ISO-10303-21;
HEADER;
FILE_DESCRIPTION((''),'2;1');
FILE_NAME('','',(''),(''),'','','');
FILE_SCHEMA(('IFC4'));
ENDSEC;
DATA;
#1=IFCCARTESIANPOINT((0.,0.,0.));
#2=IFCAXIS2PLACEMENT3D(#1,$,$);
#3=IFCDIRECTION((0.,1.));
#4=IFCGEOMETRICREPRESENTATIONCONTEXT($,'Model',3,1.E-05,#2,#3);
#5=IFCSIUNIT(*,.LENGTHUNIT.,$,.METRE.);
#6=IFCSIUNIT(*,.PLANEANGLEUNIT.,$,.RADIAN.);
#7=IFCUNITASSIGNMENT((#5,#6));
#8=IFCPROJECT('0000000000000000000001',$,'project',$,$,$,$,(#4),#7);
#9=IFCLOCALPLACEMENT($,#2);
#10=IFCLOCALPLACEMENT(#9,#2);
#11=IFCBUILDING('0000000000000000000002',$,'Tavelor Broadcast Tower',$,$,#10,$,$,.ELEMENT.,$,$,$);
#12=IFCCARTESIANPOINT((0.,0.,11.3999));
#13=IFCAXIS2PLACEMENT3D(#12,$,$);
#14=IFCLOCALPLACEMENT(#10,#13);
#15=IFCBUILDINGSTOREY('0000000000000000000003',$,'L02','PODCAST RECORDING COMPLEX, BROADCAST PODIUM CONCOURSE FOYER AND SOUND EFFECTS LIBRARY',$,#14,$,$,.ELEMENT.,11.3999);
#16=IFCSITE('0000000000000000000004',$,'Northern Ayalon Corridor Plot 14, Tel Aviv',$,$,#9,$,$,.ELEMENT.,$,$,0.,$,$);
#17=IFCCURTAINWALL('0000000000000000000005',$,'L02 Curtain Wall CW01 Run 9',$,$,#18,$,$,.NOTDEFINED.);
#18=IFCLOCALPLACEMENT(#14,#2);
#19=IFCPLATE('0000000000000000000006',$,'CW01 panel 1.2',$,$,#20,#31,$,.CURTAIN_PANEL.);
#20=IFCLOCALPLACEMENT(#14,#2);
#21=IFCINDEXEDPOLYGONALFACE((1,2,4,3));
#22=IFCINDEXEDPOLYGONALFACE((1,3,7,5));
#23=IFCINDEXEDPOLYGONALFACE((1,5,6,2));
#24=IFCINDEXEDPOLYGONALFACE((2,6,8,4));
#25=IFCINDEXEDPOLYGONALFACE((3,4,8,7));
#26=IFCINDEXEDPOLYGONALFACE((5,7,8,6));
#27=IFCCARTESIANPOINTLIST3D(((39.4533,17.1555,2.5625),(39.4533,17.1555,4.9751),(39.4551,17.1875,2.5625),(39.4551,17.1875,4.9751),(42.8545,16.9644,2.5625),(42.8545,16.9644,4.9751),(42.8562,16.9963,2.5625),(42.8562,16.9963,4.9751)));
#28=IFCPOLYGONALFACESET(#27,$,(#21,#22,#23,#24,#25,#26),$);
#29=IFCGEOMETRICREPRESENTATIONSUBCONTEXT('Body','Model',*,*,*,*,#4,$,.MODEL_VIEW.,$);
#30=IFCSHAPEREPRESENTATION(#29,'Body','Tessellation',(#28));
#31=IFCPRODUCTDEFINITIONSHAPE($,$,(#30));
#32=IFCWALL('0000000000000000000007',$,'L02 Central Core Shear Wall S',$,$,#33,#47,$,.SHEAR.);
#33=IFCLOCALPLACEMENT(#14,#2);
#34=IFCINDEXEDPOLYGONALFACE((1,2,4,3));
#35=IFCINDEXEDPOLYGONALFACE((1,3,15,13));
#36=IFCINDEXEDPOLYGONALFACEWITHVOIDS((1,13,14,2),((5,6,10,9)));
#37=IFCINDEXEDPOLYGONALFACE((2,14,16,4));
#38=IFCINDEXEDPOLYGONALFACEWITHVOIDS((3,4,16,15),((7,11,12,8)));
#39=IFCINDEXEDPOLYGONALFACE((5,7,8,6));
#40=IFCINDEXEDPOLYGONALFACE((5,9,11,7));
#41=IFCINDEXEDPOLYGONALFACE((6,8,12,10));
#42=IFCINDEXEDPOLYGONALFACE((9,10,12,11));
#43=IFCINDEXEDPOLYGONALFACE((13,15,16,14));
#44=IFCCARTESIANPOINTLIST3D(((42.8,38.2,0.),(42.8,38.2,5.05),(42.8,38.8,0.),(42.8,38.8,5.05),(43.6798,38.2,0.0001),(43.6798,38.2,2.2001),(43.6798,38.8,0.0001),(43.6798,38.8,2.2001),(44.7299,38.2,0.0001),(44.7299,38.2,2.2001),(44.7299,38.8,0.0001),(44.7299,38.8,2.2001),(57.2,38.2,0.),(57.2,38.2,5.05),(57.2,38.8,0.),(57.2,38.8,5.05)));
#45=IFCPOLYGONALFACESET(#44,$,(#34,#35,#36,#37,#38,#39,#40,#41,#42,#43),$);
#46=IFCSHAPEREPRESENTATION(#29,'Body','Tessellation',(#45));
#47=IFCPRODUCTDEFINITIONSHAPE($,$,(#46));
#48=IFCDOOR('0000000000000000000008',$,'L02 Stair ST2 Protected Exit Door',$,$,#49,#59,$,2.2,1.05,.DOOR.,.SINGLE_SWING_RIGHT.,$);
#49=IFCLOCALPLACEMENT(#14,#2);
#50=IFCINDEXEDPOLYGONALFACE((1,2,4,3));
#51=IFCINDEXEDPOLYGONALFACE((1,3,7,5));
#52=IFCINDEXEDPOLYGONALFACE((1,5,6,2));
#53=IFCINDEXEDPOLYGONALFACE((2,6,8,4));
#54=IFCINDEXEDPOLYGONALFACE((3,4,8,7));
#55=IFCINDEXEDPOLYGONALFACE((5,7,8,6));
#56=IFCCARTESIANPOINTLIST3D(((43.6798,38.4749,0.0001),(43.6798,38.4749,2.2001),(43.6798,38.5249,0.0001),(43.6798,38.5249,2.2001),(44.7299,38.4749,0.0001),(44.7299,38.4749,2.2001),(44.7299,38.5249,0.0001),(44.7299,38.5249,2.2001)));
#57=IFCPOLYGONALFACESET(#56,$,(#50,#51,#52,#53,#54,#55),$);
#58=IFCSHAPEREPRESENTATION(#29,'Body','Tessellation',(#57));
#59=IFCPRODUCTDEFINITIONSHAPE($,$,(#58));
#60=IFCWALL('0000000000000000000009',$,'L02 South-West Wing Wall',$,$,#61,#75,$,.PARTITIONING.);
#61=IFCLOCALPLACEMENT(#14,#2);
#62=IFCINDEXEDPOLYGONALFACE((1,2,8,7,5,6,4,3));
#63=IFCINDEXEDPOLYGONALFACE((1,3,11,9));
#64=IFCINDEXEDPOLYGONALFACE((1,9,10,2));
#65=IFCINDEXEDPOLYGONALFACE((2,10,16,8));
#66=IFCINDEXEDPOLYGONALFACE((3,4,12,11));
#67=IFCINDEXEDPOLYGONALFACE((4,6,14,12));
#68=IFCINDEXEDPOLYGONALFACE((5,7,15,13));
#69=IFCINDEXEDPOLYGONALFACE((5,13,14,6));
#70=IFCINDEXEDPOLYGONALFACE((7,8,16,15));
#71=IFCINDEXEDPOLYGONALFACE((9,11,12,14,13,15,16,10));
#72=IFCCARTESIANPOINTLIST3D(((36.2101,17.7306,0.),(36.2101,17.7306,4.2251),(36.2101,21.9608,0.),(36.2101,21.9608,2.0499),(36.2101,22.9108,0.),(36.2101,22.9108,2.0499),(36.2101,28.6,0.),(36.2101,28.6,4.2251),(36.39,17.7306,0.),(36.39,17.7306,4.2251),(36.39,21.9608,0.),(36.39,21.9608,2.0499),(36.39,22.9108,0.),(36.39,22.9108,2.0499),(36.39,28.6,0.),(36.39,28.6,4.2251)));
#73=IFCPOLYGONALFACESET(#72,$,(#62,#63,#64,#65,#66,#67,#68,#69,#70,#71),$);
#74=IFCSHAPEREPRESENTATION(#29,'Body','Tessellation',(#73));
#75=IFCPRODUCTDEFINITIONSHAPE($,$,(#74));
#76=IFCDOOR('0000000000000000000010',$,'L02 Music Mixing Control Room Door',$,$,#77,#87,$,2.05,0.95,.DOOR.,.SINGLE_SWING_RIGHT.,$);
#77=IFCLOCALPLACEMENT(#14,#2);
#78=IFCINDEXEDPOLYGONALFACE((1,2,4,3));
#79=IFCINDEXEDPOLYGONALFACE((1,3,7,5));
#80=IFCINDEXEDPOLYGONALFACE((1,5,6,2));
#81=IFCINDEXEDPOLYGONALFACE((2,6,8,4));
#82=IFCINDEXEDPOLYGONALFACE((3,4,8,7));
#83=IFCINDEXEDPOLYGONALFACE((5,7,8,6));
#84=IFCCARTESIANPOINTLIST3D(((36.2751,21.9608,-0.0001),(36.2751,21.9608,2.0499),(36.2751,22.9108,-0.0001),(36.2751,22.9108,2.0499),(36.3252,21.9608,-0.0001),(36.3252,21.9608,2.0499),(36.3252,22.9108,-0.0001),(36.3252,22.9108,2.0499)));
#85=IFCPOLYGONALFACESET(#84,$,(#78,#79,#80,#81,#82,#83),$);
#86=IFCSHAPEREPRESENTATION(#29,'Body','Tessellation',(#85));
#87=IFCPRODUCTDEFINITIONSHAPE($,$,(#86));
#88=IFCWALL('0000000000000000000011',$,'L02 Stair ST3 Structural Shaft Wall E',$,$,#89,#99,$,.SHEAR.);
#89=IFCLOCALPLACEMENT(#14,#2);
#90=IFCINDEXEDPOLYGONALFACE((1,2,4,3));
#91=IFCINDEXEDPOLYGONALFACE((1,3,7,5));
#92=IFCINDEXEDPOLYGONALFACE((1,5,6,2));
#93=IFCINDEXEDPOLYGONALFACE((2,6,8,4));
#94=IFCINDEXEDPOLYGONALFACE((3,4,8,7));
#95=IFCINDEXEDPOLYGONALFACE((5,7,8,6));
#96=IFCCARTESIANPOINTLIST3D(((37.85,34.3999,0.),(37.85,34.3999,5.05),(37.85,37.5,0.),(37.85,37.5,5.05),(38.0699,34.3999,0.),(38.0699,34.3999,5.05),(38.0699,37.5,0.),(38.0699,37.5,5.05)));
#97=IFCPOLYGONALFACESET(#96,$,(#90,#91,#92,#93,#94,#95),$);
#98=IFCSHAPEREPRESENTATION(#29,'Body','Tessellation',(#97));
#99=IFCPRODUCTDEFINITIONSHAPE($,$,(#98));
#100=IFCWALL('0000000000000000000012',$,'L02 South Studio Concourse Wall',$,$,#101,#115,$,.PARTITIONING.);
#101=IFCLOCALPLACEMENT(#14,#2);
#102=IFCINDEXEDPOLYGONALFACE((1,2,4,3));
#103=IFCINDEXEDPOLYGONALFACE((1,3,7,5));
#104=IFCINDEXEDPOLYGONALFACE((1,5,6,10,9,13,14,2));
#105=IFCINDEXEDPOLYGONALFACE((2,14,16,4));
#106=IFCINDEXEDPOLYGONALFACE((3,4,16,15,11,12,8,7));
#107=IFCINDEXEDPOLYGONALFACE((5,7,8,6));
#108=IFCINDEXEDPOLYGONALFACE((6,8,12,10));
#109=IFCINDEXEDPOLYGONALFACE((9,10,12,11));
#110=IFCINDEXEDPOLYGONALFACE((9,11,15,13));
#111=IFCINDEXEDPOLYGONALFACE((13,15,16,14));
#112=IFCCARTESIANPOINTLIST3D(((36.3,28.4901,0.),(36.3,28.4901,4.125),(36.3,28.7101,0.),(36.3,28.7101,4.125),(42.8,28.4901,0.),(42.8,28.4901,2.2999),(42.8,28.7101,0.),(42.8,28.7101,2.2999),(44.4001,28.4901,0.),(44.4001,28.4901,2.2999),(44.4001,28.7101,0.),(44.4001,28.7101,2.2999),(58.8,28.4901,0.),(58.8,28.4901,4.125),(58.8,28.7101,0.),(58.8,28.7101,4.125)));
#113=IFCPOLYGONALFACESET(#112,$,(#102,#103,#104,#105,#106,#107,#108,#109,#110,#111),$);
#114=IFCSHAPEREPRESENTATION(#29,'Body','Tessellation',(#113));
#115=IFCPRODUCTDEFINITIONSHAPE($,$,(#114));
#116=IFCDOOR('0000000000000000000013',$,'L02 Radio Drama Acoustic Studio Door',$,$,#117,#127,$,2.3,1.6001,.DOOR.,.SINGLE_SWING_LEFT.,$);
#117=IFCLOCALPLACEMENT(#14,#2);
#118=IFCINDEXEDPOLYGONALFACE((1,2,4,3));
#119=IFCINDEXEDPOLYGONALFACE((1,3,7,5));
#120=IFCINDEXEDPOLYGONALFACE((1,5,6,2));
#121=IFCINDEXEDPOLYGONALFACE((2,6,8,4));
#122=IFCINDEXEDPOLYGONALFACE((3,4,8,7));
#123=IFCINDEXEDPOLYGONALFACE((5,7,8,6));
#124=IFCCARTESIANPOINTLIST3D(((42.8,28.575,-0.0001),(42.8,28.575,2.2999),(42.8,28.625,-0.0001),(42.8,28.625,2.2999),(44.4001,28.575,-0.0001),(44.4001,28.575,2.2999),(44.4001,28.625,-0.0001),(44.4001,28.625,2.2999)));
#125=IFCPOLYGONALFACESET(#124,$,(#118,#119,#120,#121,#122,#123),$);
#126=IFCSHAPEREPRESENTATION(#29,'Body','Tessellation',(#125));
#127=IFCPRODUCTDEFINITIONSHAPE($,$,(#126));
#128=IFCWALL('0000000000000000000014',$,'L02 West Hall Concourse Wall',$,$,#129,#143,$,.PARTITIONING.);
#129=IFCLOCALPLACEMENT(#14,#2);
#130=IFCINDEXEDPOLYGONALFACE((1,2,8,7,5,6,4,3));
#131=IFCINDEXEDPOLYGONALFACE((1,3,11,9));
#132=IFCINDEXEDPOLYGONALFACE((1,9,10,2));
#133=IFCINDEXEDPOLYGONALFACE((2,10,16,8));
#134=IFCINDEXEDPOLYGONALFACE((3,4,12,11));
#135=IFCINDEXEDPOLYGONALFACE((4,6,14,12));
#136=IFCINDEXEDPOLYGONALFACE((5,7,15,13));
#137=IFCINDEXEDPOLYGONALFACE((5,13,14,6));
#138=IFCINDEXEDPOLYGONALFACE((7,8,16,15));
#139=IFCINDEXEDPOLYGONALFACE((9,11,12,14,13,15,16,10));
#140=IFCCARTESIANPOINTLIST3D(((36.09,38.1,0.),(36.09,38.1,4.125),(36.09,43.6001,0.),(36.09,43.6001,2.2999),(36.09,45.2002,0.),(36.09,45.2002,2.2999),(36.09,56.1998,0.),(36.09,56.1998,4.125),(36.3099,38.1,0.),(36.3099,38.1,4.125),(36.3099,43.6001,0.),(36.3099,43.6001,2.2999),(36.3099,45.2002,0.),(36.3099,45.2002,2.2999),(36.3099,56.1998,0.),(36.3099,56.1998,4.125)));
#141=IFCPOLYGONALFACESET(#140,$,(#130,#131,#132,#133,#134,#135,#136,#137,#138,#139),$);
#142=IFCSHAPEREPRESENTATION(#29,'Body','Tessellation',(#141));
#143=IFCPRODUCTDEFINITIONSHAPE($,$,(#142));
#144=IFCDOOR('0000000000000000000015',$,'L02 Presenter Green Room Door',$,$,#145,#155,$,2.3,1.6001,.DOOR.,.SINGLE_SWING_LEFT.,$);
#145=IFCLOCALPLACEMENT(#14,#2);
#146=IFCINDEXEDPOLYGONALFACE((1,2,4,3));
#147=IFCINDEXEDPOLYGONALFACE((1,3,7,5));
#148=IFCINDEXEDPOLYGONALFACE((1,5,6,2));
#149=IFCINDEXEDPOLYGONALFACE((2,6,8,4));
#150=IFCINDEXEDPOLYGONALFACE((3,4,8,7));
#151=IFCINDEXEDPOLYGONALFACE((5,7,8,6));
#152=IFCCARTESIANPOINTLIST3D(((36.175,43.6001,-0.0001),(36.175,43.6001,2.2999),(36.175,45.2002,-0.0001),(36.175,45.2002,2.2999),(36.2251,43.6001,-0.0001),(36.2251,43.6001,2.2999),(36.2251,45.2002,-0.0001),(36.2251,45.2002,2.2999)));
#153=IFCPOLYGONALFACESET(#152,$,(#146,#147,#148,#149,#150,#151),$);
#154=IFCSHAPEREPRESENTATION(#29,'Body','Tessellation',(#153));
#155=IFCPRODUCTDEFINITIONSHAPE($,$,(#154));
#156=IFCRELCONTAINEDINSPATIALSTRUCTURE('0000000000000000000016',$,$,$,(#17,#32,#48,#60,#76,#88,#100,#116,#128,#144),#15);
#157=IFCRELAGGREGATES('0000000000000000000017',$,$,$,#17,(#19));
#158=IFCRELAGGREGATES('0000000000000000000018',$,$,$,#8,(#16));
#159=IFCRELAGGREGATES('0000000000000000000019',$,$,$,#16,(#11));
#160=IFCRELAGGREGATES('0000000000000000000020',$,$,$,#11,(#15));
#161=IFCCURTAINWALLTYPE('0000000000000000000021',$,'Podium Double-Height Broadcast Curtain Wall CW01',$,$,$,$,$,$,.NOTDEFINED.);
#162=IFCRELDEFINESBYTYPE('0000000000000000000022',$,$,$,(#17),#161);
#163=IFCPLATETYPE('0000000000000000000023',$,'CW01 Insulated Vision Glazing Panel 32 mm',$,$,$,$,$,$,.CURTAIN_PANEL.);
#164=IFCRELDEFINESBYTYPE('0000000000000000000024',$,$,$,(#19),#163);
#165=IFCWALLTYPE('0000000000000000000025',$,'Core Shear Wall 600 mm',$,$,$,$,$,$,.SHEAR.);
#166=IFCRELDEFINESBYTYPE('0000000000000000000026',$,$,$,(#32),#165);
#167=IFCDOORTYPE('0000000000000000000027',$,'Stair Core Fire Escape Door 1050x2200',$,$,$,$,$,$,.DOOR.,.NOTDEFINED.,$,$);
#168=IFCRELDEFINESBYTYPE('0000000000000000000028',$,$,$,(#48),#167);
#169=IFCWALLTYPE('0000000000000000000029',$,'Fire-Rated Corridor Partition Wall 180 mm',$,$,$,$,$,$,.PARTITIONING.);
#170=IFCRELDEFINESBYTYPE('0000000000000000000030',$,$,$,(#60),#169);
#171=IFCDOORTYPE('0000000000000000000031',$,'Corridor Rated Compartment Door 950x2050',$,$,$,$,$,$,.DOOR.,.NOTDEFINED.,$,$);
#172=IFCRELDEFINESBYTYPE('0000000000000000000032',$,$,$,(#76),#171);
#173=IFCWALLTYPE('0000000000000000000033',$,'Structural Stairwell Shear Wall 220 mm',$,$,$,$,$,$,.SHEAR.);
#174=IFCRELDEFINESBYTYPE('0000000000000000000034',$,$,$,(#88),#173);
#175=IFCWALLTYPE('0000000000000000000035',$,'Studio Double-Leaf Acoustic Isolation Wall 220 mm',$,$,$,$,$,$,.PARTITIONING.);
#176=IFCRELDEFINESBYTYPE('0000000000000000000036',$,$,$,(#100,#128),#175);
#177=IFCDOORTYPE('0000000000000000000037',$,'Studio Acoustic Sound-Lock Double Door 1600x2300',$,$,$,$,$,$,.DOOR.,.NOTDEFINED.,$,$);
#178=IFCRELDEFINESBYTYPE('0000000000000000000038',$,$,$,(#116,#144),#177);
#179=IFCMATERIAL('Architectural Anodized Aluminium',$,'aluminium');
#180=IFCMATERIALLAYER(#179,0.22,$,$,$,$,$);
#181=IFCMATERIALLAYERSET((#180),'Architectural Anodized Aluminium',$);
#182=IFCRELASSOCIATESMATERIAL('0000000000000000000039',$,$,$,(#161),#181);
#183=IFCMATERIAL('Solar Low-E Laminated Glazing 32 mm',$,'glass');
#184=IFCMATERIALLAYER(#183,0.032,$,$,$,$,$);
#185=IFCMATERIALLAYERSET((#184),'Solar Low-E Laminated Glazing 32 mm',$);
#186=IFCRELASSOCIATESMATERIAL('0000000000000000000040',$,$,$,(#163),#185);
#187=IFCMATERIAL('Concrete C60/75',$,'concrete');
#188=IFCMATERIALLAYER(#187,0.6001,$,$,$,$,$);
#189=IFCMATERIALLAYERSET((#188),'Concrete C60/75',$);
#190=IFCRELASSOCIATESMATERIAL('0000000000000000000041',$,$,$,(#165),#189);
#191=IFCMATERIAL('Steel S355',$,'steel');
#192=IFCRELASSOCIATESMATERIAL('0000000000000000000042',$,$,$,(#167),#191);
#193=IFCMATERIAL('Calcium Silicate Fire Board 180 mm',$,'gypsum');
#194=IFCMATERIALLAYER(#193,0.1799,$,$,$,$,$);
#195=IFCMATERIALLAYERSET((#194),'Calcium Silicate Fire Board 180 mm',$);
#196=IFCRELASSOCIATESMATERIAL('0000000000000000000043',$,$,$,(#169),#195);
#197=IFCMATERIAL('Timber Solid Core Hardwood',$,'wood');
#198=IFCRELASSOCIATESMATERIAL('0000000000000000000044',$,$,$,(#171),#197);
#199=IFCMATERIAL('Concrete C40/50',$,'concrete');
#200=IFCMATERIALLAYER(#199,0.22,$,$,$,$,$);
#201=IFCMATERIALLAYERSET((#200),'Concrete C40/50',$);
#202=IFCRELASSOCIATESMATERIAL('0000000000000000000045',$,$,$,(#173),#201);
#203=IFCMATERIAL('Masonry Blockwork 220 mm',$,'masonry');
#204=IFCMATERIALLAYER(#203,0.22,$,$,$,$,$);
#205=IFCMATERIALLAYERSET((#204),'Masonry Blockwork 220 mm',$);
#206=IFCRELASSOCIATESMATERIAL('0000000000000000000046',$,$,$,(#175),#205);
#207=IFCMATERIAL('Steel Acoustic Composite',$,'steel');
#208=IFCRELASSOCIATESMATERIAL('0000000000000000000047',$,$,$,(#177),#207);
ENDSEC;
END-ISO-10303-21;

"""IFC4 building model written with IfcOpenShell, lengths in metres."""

from ifc_helpers import new_model, si_unit, direction, frame, frame_2d, origin, origin_2d, place, context, subcontext, project, spatial, rectangle, extrude, source, transform, mapped, material, layer, layer_set, type_object, type_shapes, element, fill, aggregate, save


model = new_model("IFC4")

# Units and contexts
model_context = context("Model", 3, precision=1e-05, world=origin(), true_north=direction((0.0, 1.0)))
body_context = subcontext(model_context, "Body", "Model", "MODEL_VIEW")
ifc_project = project(units=[si_unit("LENGTHUNIT", "METRE"), si_unit("PLANEANGLEUNIT", "RADIAN")], contexts=[model_context])

# Site, building, storey
site_placement = place(None, origin())
site = spatial("IfcSite", under=ifc_project, at=site_placement, Name="Northern Ayalon Corridor Plot 14, Tel Aviv", CompositionType="ELEMENT", RefElevation=0.0)
building_placement = place(site_placement, origin())
building = spatial("IfcBuilding", under=site, at=building_placement, Name="Tavelor Broadcast Tower", CompositionType="ELEMENT")
storey_placement = place(building_placement, frame((0.0, 0.0, 11.3999)))
storey = spatial("IfcBuildingStorey", under=building, at=storey_placement, Name="L02", Description="PODCAST RECORDING COMPLEX, BROADCAST PODIUM CONCOURSE FOYER AND SOUND EFFECTS LIBRARY", CompositionType="ELEMENT", Elevation=11.3999)

# Shared definitions
ifc_material_1 = material(Name="Concrete C60/75", Category="concrete")

# Shared definitions
ifc_material_2 = material(Name="Steel S355", Category="steel")

# Curtain wall
ifc_material_3 = material(Name="Architectural Anodized Aluminium", Category="aluminium")
ifc_layer_1 = layer(ifc_material_3, 0.22)
ifc_layer_set_1 = layer_set([ifc_layer_1], Name="Architectural Anodized Aluminium")
curtain_wall_type = type_object("IfcCurtainWallType", Name="Podium Double-Height Broadcast Curtain Wall CW01", PredefinedType="NOTDEFINED", material=ifc_layer_set_1)
curtain_wall_placement = place(storey_placement, origin())
curtain_wall = element("IfcCurtainWall", 1, at=curtain_wall_placement, inside=storey, type_object=curtain_wall_type, Name="L02 Curtain Wall CW01 Run 9", PredefinedType="NOTDEFINED")

# Plate
ifc_material_4 = material(Name="Solar Low-E Laminated Glazing 32 mm", Category="glass")
ifc_layer_2 = layer(ifc_material_4, 0.032)
ifc_layer_set_2 = layer_set([ifc_layer_2], Name="Solar Low-E Laminated Glazing 32 mm")
plate_type_1 = type_object("IfcPlateType", Name="CW01 Insulated Vision Glazing Panel 32 mm", PredefinedType="CURTAIN_PANEL", material=ifc_layer_set_2)
shared_shape_1 = source(origin(), body_context, "Body", "SweptSolid", [
    extrude(rectangle(XDim=3.4065, YDim=0.032, at=origin_2d()), origin(), (0.0, 0.0, 1.0), 2.4126),
])
type_shapes(plate_type_1, [shared_shape_1])
plate_1_placement = place(storey_placement, frame((41.1548, 17.0759, 2.5625), z_axis=(0.0, 0.0, 1.0), x_axis=(0.998425, -0.056103, 0.0)))
plate_1 = element("IfcPlate", 2, at=plate_1_placement, type_object=plate_type_1, Name="CW01 panel 1.2", PredefinedType="CURTAIN_PANEL", context=body_context, shape_type="MappedRepresentation", body=[
    mapped(shared_shape_1, transform((0.0, 0.0, 0.0), scale=1.0)),
])
aggregate(curtain_wall, [plate_1])

# Walls, openings, doors
ifc_layer_3 = layer(ifc_material_1, 0.6001)
ifc_layer_set_3 = layer_set([ifc_layer_3], Name="Concrete C60/75")
wall_type_1 = type_object("IfcWallType", Name="Core Shear Wall 600 mm", PredefinedType="SHEAR", material=ifc_layer_set_3)
wall_1_placement = place(storey_placement, frame((42.8, 38.5, 0.0), z_axis=(0.0, 0.0, 1.0), x_axis=(1.0, 0.0, 0.0)))
wall_1 = element("IfcWall", 3, at=wall_1_placement, inside=storey, type_object=wall_type_1, Name="L02 Central Core Shear Wall S", PredefinedType="SHEAR", context=body_context, shape_type="SweptSolid", body=[
    extrude(rectangle(XDim=14.3999, YDim=0.6001, at=frame_2d((7.2, 0.0))), origin(), (0.0, 0.0, 1.0), 5.05),
])
opening_1_placement = place(wall_1_placement, frame((0.8799, 0.0, 0.0)))
opening_1 = element("IfcOpeningElement", 4, at=opening_1_placement, cuts=wall_1, PredefinedType="OPENING", context=body_context, shape_type="SweptSolid", body=[
    extrude(rectangle(XDim=1.05, YDim=2.2, at=frame_2d((0.5249, 1.1001))), frame((0.0, 0.3101, 0.0), z_axis=(0.0, -1.0, 0.0), x_axis=(1.0, 0.0, 0.0)), (0.0, 0.0, 1.0), 0.6201),
])
door_type_1 = type_object("IfcDoorType", Name="Stair Core Fire Escape Door 1050x2200", OperationType="NOTDEFINED", PredefinedType="DOOR", material=ifc_material_2)
door_1_placement = place(opening_1_placement, origin())
door_1 = element("IfcDoor", 5, at=door_1_placement, inside=storey, type_object=door_type_1, Name="L02 Stair ST2 Protected Exit Door", OperationType="SINGLE_SWING_RIGHT", OverallHeight=2.2, OverallWidth=1.05, PredefinedType="DOOR", context=body_context, shape_type="SweptSolid", body=[
    extrude(rectangle(XDim=1.05, YDim=2.2, at=frame_2d((0.5249, 1.1001))), frame((0.0, 0.0249, 0.0), z_axis=(0.0, -1.0, 0.0), x_axis=(1.0, 0.0, 0.0)), (0.0, 0.0, 1.0), 0.05),
])
fill(opening_1, door_1)
ifc_material_5 = material(Name="Calcium Silicate Fire Board 180 mm", Category="gypsum")
ifc_layer_4 = layer(ifc_material_5, 0.1799)
ifc_layer_set_4 = layer_set([ifc_layer_4], Name="Calcium Silicate Fire Board 180 mm")
wall_type_2 = type_object("IfcWallType", Name="Fire-Rated Corridor Partition Wall 180 mm", PredefinedType="PARTITIONING", material=ifc_layer_set_4)
wall_2_placement = place(storey_placement, frame((36.3, 17.7307, 0.0), z_axis=(0.0, 0.0, 1.0), x_axis=(0.0, 1.0, 0.0)))
wall_2 = element("IfcWall", 6, at=wall_2_placement, inside=storey, type_object=wall_type_2, Name="L02 South-West Wing Wall", PredefinedType="PARTITIONING", context=body_context, shape_type="SweptSolid", body=[
    extrude(rectangle(XDim=10.8694, YDim=0.1799, at=frame_2d((5.4346, 0.0))), origin(), (0.0, 0.0, 1.0), 4.2251),
])
opening_2_placement = place(wall_2_placement, frame((4.23, 0.0, 0.0)))
opening_2 = element("IfcOpeningElement", 7, at=opening_2_placement, cuts=wall_2, PredefinedType="OPENING", context=body_context, shape_type="SweptSolid", body=[
    extrude(rectangle(XDim=0.95, YDim=2.05, at=frame_2d((0.4751, 1.0249))), frame((0.0, 0.1001, 0.0), z_axis=(0.0, -1.0, 0.0), x_axis=(1.0, 0.0, 0.0)), (0.0, 0.0, 1.0), 0.2),
])
ifc_material_6 = material(Name="Timber Solid Core Hardwood", Category="wood")
door_type_2 = type_object("IfcDoorType", Name="Corridor Rated Compartment Door 950x2050", OperationType="NOTDEFINED", PredefinedType="DOOR", material=ifc_material_6)
door_2_placement = place(opening_2_placement, origin())
door_2 = element("IfcDoor", 8, at=door_2_placement, inside=storey, type_object=door_type_2, Name="L02 Music Mixing Control Room Door", OperationType="SINGLE_SWING_RIGHT", OverallHeight=2.05, OverallWidth=0.95, PredefinedType="DOOR", context=body_context, shape_type="SweptSolid", body=[
    extrude(rectangle(XDim=0.95, YDim=2.05, at=frame_2d((0.4751, 1.0249))), frame((0.0, 0.0249, 0.0), z_axis=(0.0, -1.0, 0.0), x_axis=(1.0, 0.0, 0.0)), (0.0, 0.0, 1.0), 0.05),
])
fill(opening_2, door_2)

# Wall
ifc_material_7 = material(Name="Concrete C40/50", Category="concrete")
ifc_layer_5 = layer(ifc_material_7, 0.22)
ifc_layer_set_5 = layer_set([ifc_layer_5], Name="Concrete C40/50")
wall_type_3 = type_object("IfcWallType", Name="Structural Stairwell Shear Wall 220 mm", PredefinedType="SHEAR", material=ifc_layer_set_5)
wall_3_placement = place(storey_placement, frame((37.96, 34.3999, 0.0), z_axis=(0.0, 0.0, 1.0), x_axis=(0.0, 1.0, 0.0)))
element("IfcWall", 9, at=wall_3_placement, inside=storey, type_object=wall_type_3, Name="L02 Stair ST3 Structural Shaft Wall E", PredefinedType="SHEAR", context=body_context, shape_type="SweptSolid", body=[
    extrude(rectangle(XDim=3.1001, YDim=0.22, at=frame_2d((1.55, 0.0))), origin(), (0.0, 0.0, 1.0), 5.05),
])

# Walls, openings, doors
ifc_material_8 = material(Name="Masonry Blockwork 220 mm", Category="masonry")
ifc_layer_6 = layer(ifc_material_8, 0.22)
ifc_layer_set_6 = layer_set([ifc_layer_6], Name="Masonry Blockwork 220 mm")
wall_type_4 = type_object("IfcWallType", Name="Studio Double-Leaf Acoustic Isolation Wall 220 mm", PredefinedType="PARTITIONING", material=ifc_layer_set_6)
wall_4_placement = place(storey_placement, frame((36.3, 28.6001, 0.0), z_axis=(0.0, 0.0, 1.0), x_axis=(1.0, 0.0, 0.0)))
wall_4 = element("IfcWall", 10, at=wall_4_placement, inside=storey, type_object=wall_type_4, Name="L02 South Studio Concourse Wall", PredefinedType="PARTITIONING", context=body_context, shape_type="SweptSolid", body=[
    extrude(rectangle(XDim=22.5, YDim=0.22, at=frame_2d((11.25, 0.0))), origin(), (0.0, 0.0, 1.0), 4.125),
])
opening_3_placement = place(wall_4_placement, frame((6.5, 0.0, 0.0)))
opening_3 = element("IfcOpeningElement", 11, at=opening_3_placement, cuts=wall_4, PredefinedType="OPENING", context=body_context, shape_type="SweptSolid", body=[
    extrude(rectangle(XDim=1.6001, YDim=2.3, at=frame_2d((0.8, 1.1499))), frame((0.0, 0.1201, 0.0), z_axis=(0.0, -1.0, 0.0), x_axis=(1.0, 0.0, 0.0)), (0.0, 0.0, 1.0), 0.24),
])
ifc_material_9 = material(Name="Steel Acoustic Composite", Category="steel")
door_type_3 = type_object("IfcDoorType", Name="Studio Acoustic Sound-Lock Double Door 1600x2300", OperationType="NOTDEFINED", PredefinedType="DOOR", material=ifc_material_9)
door_3_placement = place(opening_3_placement, origin())
door_3 = element("IfcDoor", 12, at=door_3_placement, inside=storey, type_object=door_type_3, Name="L02 Radio Drama Acoustic Studio Door", OperationType="SINGLE_SWING_LEFT", OverallHeight=2.3, OverallWidth=1.6001, PredefinedType="DOOR", context=body_context, shape_type="SweptSolid", body=[
    extrude(rectangle(XDim=1.6001, YDim=2.3, at=frame_2d((0.8, 1.1499))), frame((0.0, 0.0249, 0.0), z_axis=(0.0, -1.0, 0.0), x_axis=(1.0, 0.0, 0.0)), (0.0, 0.0, 1.0), 0.05),
])
fill(opening_3, door_3)
wall_5_placement = place(storey_placement, frame((36.2, 38.1001, 0.0), z_axis=(0.0, 0.0, 1.0), x_axis=(0.0, 1.0, 0.0)))
wall_5 = element("IfcWall", 13, at=wall_5_placement, inside=storey, type_object=wall_type_4, Name="L02 West Hall Concourse Wall", PredefinedType="PARTITIONING", context=body_context, shape_type="SweptSolid", body=[
    extrude(rectangle(XDim=18.0999, YDim=0.22, at=frame_2d((9.0498, 0.0))), origin(), (0.0, 0.0, 1.0), 4.125),
])
opening_4_placement = place(wall_5_placement, frame((5.5, 0.0, 0.0)))
opening_4 = element("IfcOpeningElement", 14, at=opening_4_placement, cuts=wall_5, PredefinedType="OPENING", context=body_context, shape_type="SweptSolid", body=[
    extrude(rectangle(XDim=1.6001, YDim=2.3, at=frame_2d((0.8, 1.1499))), frame((0.0, 0.1201, 0.0), z_axis=(0.0, -1.0, 0.0), x_axis=(1.0, 0.0, 0.0)), (0.0, 0.0, 1.0), 0.24),
])
door_4_placement = place(opening_4_placement, origin())
door_4 = element("IfcDoor", 15, at=door_4_placement, inside=storey, type_object=door_type_3, Name="L02 Presenter Green Room Door", OperationType="SINGLE_SWING_LEFT", OverallHeight=2.3, OverallWidth=1.6001, PredefinedType="DOOR", context=body_context, shape_type="SweptSolid", body=[
    extrude(rectangle(XDim=1.6001, YDim=2.3, at=frame_2d((0.8, 1.1499))), frame((0.0, 0.0249, 0.0), z_axis=(0.0, -1.0, 0.0), x_axis=(1.0, 0.0, 0.0)), (0.0, 0.0, 1.0), 0.05),
])
fill(opening_4, door_4)

save(model, "model.ifc")
